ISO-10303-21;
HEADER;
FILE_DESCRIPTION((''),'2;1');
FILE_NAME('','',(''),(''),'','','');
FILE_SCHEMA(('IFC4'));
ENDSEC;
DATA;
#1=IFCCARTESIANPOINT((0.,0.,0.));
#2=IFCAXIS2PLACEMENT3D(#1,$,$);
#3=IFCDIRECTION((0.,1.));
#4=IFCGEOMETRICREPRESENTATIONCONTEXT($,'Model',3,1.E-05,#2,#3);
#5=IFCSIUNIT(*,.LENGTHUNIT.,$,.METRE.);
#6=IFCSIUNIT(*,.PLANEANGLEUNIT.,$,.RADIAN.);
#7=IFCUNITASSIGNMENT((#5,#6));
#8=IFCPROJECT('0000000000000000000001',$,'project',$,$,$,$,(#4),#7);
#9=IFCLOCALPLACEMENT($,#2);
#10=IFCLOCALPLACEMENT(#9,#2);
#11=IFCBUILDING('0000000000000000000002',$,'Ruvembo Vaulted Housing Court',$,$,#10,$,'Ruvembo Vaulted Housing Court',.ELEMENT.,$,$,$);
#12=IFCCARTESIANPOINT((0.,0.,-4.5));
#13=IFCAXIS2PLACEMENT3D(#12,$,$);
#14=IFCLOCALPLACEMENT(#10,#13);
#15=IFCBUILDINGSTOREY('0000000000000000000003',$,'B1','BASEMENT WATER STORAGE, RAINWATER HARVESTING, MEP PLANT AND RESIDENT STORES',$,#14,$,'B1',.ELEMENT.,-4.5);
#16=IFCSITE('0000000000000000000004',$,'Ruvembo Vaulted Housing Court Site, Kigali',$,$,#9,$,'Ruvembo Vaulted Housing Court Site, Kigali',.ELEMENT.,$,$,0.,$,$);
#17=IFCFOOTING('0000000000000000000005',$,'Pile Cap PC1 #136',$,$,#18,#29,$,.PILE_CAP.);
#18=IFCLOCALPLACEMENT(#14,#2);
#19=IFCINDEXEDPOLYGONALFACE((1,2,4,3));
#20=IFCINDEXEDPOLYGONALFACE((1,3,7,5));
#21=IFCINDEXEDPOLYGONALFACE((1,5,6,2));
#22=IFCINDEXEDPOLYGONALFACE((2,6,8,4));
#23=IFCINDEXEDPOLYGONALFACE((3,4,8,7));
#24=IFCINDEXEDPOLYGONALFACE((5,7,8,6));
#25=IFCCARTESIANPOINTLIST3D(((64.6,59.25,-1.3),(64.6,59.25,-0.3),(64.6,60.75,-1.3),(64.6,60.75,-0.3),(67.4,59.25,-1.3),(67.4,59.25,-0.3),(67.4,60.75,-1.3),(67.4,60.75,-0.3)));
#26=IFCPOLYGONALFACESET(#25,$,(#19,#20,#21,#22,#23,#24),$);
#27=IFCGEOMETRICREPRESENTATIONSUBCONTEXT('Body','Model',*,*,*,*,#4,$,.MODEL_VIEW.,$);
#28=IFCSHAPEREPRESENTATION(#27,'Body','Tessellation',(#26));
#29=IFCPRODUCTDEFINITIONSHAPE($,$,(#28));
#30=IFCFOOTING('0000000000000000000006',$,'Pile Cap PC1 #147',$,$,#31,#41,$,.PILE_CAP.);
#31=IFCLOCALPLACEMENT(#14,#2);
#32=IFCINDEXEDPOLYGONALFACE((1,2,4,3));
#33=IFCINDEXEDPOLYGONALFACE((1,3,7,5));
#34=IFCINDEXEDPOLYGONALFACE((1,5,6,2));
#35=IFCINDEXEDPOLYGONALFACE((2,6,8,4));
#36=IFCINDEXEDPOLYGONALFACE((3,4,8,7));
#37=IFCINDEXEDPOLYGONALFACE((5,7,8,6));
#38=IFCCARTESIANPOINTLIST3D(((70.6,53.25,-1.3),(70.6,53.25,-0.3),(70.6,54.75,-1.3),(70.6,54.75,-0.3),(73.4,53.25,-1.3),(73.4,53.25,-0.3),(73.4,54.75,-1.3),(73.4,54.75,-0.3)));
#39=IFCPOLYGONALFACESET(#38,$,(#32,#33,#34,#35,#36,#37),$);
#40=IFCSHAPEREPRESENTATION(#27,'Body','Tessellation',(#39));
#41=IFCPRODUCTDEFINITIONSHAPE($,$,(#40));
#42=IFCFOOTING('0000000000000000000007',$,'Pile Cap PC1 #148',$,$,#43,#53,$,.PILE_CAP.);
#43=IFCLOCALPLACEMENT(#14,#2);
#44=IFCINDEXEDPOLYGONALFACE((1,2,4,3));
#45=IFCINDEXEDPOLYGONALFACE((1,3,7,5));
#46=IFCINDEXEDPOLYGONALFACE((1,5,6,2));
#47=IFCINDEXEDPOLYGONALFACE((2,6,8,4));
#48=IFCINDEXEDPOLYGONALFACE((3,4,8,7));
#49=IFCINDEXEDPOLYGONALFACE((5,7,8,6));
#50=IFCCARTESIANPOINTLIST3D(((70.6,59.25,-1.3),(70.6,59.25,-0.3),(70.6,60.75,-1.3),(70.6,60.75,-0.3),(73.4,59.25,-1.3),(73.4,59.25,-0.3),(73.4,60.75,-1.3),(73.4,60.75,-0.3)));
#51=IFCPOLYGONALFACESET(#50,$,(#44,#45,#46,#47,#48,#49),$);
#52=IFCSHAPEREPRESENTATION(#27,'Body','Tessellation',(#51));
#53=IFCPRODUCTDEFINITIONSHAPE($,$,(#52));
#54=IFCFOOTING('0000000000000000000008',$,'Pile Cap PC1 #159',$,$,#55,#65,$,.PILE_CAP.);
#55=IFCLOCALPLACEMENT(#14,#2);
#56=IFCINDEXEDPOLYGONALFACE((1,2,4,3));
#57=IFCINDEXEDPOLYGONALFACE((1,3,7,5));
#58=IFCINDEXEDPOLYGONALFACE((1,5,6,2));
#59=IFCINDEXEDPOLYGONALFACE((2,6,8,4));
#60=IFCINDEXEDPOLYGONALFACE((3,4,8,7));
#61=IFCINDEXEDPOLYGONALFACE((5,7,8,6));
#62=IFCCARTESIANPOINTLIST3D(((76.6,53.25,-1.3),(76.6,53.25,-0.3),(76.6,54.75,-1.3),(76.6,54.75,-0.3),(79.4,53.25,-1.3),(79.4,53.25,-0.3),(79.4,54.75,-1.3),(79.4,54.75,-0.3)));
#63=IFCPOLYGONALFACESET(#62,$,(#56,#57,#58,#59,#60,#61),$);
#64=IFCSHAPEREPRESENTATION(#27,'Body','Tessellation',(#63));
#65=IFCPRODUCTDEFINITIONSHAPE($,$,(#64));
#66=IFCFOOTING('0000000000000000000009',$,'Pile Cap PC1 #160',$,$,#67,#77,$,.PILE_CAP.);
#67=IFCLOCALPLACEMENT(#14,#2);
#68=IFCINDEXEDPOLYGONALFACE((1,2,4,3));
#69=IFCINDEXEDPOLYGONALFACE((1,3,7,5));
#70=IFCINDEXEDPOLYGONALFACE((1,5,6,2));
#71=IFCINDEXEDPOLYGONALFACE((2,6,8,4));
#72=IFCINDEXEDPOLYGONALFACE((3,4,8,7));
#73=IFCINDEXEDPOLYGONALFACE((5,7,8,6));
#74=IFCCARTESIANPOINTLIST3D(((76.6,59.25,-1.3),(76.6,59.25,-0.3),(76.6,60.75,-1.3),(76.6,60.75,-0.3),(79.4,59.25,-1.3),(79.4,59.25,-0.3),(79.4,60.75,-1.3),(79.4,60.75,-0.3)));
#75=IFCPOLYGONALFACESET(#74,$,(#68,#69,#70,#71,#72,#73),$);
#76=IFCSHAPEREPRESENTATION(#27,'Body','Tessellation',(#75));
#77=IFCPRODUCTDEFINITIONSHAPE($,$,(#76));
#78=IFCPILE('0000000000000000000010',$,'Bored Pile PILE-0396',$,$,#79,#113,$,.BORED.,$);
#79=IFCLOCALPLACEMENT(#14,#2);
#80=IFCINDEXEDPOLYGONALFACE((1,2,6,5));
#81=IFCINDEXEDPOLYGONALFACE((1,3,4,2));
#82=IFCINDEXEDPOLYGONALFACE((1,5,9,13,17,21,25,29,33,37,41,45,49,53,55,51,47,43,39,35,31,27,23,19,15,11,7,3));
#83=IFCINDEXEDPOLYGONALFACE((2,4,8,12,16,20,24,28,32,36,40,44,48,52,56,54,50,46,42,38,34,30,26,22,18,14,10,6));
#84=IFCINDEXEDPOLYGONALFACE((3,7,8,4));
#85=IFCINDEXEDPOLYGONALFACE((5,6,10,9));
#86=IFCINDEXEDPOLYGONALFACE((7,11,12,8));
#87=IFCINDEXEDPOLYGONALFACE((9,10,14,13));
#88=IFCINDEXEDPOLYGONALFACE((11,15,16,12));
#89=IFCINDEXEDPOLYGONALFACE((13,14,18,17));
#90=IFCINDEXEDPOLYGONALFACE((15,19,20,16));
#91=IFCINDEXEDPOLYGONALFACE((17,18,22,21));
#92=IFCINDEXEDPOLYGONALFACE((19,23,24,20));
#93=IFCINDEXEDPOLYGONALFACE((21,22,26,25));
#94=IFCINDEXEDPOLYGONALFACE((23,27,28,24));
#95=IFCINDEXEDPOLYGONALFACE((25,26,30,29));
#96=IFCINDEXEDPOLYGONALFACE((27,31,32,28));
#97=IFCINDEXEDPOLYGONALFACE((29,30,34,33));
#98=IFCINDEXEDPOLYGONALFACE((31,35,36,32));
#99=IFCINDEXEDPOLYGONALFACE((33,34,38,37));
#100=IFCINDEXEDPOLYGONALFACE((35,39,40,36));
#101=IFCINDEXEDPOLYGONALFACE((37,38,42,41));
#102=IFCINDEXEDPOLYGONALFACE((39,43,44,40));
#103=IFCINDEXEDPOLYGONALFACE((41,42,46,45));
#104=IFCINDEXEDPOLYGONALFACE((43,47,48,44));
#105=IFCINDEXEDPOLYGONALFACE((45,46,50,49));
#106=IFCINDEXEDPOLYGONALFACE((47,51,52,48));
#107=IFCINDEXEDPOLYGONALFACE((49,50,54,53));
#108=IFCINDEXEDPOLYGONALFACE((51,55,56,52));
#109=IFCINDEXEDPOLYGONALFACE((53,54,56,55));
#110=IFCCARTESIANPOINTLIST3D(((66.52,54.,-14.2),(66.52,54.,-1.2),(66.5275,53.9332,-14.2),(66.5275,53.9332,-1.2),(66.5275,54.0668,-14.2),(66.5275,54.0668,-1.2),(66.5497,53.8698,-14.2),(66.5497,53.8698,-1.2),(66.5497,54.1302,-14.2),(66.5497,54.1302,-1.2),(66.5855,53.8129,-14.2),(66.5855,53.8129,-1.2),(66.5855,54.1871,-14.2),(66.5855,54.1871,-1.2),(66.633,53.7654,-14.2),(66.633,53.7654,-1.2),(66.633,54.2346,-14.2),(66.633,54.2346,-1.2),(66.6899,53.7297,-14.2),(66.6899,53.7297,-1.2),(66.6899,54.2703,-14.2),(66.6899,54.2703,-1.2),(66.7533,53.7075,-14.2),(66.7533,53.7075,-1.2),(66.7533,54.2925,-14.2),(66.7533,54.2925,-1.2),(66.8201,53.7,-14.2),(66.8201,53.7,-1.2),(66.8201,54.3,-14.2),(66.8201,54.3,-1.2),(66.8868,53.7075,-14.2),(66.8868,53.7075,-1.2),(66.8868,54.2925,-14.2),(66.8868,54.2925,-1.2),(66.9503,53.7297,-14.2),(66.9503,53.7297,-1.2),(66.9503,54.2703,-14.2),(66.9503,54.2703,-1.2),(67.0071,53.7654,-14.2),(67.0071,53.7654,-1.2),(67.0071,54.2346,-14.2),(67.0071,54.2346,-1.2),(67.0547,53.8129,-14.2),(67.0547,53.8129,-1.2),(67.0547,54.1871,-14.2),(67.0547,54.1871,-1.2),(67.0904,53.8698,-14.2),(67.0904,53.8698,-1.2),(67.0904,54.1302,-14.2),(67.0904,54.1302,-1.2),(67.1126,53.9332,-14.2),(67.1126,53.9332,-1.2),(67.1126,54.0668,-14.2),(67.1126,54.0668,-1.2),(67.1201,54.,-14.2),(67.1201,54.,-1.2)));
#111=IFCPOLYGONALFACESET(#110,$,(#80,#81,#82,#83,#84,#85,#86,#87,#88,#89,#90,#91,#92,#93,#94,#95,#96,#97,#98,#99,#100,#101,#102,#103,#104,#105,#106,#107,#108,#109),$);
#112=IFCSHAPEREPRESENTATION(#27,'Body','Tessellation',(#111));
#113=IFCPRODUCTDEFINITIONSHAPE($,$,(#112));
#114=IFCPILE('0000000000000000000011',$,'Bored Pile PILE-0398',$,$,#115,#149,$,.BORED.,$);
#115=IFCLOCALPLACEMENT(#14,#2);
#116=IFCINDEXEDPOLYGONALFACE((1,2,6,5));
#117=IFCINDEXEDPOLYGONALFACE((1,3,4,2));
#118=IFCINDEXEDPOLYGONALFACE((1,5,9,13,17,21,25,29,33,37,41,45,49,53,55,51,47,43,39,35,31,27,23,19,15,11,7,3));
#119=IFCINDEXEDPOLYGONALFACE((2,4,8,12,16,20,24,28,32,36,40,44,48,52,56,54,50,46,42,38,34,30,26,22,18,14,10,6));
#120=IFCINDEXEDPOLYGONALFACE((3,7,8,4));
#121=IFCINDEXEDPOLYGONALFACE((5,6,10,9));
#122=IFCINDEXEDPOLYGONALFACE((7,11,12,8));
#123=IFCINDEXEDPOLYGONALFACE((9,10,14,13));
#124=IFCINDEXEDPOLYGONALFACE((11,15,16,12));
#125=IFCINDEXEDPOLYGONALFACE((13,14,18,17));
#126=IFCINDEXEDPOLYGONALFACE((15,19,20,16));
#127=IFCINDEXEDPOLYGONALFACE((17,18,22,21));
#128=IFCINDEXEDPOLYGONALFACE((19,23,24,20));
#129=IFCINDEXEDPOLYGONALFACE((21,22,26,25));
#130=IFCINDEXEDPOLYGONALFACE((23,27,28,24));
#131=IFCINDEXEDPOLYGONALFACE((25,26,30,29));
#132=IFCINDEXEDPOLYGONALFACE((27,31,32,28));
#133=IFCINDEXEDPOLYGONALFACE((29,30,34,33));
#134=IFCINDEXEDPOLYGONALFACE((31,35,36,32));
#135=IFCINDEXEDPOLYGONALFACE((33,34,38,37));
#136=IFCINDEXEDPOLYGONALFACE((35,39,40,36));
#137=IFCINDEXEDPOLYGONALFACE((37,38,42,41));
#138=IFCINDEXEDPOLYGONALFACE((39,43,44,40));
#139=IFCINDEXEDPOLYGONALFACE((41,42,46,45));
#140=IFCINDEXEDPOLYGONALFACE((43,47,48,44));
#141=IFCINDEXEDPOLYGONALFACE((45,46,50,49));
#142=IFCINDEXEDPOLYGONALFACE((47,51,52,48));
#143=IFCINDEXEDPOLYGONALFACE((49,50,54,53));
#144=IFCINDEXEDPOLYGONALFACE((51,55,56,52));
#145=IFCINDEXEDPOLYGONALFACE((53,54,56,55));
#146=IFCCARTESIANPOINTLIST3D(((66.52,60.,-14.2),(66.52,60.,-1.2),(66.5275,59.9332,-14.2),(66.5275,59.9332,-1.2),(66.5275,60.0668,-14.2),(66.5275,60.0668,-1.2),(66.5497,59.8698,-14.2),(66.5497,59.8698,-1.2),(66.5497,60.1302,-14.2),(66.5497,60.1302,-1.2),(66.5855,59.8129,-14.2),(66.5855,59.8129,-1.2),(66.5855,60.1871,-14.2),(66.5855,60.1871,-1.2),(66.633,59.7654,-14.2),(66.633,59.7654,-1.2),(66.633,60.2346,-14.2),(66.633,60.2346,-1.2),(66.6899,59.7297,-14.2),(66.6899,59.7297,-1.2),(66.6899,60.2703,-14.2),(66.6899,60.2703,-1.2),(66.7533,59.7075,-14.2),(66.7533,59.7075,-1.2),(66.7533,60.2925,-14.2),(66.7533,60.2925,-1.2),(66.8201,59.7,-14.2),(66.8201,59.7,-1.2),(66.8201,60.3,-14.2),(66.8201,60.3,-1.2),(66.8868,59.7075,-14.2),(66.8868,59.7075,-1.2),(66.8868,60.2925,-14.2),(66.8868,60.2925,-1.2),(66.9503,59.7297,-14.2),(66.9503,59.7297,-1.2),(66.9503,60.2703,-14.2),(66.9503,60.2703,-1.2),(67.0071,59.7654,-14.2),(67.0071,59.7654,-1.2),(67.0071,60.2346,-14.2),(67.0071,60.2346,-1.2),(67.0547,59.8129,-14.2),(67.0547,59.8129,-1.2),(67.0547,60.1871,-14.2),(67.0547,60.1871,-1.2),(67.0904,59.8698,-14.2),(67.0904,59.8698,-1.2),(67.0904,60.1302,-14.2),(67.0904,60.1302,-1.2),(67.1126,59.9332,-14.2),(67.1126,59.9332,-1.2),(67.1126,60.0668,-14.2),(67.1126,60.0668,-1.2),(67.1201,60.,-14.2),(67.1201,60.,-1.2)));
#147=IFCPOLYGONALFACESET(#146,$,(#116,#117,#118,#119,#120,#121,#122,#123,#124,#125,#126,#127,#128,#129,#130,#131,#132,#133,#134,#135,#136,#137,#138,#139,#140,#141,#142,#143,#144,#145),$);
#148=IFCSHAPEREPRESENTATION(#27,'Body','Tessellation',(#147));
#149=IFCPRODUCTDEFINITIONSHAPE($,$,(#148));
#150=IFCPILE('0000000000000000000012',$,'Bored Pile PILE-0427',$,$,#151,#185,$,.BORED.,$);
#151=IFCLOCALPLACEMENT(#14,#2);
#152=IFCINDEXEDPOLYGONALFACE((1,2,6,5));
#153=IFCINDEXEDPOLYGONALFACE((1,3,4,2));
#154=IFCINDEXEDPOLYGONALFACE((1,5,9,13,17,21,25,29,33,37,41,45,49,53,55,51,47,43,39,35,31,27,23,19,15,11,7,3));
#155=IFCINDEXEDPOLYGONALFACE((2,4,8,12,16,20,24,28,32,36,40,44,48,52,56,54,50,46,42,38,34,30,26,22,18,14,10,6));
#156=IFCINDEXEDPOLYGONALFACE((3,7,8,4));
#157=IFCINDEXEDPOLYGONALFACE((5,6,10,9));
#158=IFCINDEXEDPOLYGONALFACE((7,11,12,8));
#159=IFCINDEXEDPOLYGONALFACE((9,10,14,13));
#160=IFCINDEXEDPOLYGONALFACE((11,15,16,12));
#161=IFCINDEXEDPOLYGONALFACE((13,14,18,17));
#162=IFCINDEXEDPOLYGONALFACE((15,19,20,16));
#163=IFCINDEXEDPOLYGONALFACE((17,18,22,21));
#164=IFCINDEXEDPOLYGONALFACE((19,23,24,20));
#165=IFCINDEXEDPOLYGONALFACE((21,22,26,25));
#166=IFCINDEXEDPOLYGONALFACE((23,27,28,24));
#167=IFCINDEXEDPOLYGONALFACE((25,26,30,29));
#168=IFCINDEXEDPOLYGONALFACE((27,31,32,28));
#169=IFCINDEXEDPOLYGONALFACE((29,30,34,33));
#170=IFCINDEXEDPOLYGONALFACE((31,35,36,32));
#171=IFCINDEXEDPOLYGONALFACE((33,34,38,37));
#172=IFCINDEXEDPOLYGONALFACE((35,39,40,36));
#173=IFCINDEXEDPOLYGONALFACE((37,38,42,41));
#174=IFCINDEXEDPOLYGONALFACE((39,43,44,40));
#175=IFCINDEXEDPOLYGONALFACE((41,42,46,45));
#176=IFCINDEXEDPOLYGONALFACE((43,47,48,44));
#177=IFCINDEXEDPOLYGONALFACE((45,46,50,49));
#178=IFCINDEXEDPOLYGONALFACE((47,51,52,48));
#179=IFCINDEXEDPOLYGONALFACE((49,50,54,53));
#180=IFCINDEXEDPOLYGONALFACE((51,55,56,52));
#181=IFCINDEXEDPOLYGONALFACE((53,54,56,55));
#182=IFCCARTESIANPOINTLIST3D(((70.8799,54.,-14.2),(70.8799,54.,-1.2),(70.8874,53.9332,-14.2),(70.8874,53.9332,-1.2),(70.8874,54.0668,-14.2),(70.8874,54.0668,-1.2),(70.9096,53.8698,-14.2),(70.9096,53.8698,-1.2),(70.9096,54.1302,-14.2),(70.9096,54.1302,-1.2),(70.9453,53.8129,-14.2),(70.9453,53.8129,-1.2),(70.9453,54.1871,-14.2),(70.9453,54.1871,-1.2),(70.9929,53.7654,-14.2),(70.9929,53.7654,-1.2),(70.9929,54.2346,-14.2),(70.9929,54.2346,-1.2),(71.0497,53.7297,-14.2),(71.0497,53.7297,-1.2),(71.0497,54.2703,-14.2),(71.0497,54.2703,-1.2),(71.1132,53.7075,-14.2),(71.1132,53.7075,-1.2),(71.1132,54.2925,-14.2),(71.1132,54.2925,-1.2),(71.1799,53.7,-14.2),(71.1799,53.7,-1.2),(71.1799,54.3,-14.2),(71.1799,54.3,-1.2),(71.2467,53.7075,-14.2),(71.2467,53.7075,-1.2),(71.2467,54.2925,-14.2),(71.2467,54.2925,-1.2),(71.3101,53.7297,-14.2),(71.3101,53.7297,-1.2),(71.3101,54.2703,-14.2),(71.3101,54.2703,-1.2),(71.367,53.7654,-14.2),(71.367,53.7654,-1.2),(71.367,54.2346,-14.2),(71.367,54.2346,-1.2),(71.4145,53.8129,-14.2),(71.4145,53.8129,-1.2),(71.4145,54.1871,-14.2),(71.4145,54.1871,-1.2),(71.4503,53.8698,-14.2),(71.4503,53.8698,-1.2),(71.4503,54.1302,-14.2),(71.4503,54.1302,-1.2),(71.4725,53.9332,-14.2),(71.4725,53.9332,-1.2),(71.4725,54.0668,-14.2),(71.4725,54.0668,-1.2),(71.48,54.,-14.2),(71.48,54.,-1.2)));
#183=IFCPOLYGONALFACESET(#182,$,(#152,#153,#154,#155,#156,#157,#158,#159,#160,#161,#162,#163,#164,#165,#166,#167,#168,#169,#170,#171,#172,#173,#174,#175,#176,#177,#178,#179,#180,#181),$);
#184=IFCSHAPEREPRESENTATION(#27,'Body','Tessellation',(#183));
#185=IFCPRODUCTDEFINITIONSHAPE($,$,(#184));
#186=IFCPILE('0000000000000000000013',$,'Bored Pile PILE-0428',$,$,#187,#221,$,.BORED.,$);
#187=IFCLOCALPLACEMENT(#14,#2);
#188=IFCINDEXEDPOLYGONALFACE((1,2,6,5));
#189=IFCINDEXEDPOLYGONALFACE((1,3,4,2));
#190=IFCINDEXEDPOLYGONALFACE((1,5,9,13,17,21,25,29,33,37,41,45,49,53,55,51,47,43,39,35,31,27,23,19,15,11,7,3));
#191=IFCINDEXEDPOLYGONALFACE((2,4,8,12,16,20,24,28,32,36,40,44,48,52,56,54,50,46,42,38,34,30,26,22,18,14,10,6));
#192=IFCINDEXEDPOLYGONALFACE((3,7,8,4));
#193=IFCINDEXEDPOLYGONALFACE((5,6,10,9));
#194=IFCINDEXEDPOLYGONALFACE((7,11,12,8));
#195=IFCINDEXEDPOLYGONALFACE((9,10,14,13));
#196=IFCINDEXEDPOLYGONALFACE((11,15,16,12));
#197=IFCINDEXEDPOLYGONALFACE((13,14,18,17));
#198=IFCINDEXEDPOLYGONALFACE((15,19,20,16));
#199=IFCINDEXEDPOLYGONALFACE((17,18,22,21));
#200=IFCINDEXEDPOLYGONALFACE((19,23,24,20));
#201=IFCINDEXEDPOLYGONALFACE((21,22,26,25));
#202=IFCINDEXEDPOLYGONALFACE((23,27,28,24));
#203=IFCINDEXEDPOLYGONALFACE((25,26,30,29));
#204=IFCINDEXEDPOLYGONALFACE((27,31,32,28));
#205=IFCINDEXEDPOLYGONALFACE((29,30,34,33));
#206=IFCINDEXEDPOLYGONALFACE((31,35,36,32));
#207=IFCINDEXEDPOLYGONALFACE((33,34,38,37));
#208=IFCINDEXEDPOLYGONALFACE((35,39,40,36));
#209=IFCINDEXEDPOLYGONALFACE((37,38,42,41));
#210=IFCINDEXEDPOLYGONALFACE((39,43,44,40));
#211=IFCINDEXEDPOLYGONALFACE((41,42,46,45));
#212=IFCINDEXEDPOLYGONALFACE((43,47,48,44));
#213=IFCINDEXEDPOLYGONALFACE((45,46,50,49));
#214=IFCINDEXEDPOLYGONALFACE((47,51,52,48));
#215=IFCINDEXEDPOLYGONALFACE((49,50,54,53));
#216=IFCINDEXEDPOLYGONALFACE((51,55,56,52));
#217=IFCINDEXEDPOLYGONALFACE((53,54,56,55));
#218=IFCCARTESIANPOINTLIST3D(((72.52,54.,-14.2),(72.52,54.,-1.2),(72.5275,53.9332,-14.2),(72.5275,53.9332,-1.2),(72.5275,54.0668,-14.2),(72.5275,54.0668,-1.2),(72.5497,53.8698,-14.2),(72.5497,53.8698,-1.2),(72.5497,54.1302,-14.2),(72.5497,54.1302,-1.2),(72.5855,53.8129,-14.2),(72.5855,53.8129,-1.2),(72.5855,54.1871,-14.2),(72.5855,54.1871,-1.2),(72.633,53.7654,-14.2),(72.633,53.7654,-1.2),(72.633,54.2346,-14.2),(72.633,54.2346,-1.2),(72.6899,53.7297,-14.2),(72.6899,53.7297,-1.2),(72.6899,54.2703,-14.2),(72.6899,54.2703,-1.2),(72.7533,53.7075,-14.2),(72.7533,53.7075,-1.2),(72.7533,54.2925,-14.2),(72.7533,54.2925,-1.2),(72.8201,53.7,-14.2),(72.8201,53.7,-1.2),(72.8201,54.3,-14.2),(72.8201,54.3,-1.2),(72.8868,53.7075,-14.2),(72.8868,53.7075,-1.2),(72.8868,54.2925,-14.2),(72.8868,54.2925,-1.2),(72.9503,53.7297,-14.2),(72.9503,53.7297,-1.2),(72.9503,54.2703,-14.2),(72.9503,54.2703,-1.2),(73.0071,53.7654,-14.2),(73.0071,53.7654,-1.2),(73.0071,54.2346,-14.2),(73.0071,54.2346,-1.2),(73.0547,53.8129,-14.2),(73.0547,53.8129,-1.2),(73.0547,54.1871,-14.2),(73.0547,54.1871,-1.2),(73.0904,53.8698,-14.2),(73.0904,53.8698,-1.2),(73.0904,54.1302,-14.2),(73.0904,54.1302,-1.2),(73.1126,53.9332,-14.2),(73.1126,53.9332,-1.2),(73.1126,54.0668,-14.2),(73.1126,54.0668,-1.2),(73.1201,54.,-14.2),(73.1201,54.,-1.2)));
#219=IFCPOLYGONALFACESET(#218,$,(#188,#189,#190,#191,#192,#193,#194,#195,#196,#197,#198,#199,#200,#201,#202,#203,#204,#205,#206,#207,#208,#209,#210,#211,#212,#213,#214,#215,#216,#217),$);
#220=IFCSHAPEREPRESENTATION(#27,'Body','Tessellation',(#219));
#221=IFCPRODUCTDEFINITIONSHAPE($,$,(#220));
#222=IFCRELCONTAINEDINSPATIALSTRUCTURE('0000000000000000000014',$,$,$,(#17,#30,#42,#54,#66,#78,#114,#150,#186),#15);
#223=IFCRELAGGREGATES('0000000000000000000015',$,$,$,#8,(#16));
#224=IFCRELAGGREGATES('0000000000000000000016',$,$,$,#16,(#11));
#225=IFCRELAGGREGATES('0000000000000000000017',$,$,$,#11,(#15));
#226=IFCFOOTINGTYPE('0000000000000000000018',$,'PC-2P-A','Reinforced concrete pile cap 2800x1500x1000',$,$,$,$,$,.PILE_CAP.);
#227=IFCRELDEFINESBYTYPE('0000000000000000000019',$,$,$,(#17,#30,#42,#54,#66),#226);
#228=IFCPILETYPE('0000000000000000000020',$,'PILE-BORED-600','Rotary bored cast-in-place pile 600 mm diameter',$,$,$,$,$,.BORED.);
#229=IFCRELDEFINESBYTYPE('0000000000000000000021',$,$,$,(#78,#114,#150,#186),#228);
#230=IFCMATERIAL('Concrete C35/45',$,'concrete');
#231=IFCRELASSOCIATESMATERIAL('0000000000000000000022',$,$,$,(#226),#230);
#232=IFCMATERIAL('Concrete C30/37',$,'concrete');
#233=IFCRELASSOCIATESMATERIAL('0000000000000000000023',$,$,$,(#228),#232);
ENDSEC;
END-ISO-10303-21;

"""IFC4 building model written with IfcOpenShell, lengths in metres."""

from ifc_helpers import new_model, si_unit, direction, frame, origin, origin_2d, place, context, subcontext, project, spatial, rectangle, circle, extrude, material, material_profile, profile_set, type_object, element, save


model = new_model("IFC4")

# Units and contexts
model_context = context("Model", 3, precision=1e-05, world=origin(), true_north=direction((0.0, 1.0)))
body_context = subcontext(model_context, "Body", "Model", "MODEL_VIEW")
ifc_project = project(units=[si_unit("LENGTHUNIT", "METRE"), si_unit("PLANEANGLEUNIT", "RADIAN")], contexts=[model_context])

# Site, building, storey
site_placement = place(None, origin())
site = spatial("IfcSite", under=ifc_project, at=site_placement, Name="Ruvembo Vaulted Housing Court Site, Kigali", LongName="Ruvembo Vaulted Housing Court Site, Kigali", CompositionType="ELEMENT", RefElevation=0.0)
building_placement = place(site_placement, origin())
building = spatial("IfcBuilding", under=site, at=building_placement, Name="Ruvembo Vaulted Housing Court", LongName="Ruvembo Vaulted Housing Court", CompositionType="ELEMENT")
storey_placement = place(building_placement, frame((0.0, 0.0, -4.5)))
storey = spatial("IfcBuildingStorey", under=building, at=storey_placement, Name="B1", Description="BASEMENT WATER STORAGE, RAINWATER HARVESTING, MEP PLANT AND RESIDENT STORES", LongName="B1", CompositionType="ELEMENT", Elevation=-4.5)

# Footings
ifc_material_1 = material(Name="Concrete C35/45", Category="concrete")
footing_type = type_object("IfcFootingType", Name="PC-2P-A", Description="Reinforced concrete pile cap 2800x1500x1000", PredefinedType="PILE_CAP", material=ifc_material_1)
for number, where, z_axis, x_axis, name in (
    (1, (66.0, 60.0, -1.3), (0.0, 0.0, 1.0), (1.0, 0.0, 0.0), "Pile Cap PC1 #136"),
    (2, (72.0, 54.0, -1.3), (0.0, 0.0, 1.0), (1.0, 0.0, 0.0), "Pile Cap PC1 #147"),
    (3, (72.0, 60.0, -1.3), (0.0, 0.0, 1.0), (1.0, 0.0, 0.0), "Pile Cap PC1 #148"),
    (4, (78.0, 54.0, -1.3), (0.0, 0.0, 1.0), (1.0, 0.0, 0.0), "Pile Cap PC1 #159"),
    (5, (78.0, 60.0, -1.3), (0.0, 0.0, 1.0), (1.0, 0.0, 0.0), "Pile Cap PC1 #160"),
):
    element("IfcFooting", number, at=place(storey_placement, frame(where, z_axis=z_axis, x_axis=x_axis)), inside=storey, type_object=footing_type, Name=name, PredefinedType="PILE_CAP", context=body_context, shape_type="SweptSolid", body=[
        extrude(rectangle(XDim=2.8, YDim=1.5, at=origin_2d()), origin(), (0.0, 0.0, 1.0), 1.0),
    ])

# Piles
ifc_material_2 = material(Name="Concrete C30/37", Category="concrete")
ifc_material_profile_1 = material_profile(ifc_material_2, circle(Radius=0.3, at=origin_2d()), Name="PILE D600")
ifc_profile_set_1 = profile_set([ifc_material_profile_1], Name="Concrete C30/37")
pile_type = type_object("IfcPileType", Name="PILE-BORED-600", Description="Rotary bored cast-in-place pile 600 mm diameter", PredefinedType="BORED", material=ifc_profile_set_1)
for number, where, z_axis, x_axis, name in (
    (6, (66.8201, 54.0, -1.2), (0.0, 0.0, -1.0), (1.0, 0.0, 0.0), "Bored Pile PILE-0396"),
    (7, (66.8201, 60.0, -1.2), (0.0, 0.0, -1.0), (1.0, 0.0, 0.0), "Bored Pile PILE-0398"),
    (8, (71.1799, 54.0, -1.2), (0.0, 0.0, -1.0), (1.0, 0.0, 0.0), "Bored Pile PILE-0427"),
    (9, (72.8201, 54.0, -1.2), (0.0, 0.0, -1.0), (1.0, 0.0, 0.0), "Bored Pile PILE-0428"),
):
    element("IfcPile", number, at=place(storey_placement, frame(where, z_axis=z_axis, x_axis=x_axis)), inside=storey, type_object=pile_type, Name=name, PredefinedType="BORED", context=body_context, shape_type="SweptSolid", body=[
        extrude(circle(Radius=0.3, at=origin_2d()), origin(), (0.0, 0.0, 1.0), 13.0),
    ])

save(model, "model.ifc")
